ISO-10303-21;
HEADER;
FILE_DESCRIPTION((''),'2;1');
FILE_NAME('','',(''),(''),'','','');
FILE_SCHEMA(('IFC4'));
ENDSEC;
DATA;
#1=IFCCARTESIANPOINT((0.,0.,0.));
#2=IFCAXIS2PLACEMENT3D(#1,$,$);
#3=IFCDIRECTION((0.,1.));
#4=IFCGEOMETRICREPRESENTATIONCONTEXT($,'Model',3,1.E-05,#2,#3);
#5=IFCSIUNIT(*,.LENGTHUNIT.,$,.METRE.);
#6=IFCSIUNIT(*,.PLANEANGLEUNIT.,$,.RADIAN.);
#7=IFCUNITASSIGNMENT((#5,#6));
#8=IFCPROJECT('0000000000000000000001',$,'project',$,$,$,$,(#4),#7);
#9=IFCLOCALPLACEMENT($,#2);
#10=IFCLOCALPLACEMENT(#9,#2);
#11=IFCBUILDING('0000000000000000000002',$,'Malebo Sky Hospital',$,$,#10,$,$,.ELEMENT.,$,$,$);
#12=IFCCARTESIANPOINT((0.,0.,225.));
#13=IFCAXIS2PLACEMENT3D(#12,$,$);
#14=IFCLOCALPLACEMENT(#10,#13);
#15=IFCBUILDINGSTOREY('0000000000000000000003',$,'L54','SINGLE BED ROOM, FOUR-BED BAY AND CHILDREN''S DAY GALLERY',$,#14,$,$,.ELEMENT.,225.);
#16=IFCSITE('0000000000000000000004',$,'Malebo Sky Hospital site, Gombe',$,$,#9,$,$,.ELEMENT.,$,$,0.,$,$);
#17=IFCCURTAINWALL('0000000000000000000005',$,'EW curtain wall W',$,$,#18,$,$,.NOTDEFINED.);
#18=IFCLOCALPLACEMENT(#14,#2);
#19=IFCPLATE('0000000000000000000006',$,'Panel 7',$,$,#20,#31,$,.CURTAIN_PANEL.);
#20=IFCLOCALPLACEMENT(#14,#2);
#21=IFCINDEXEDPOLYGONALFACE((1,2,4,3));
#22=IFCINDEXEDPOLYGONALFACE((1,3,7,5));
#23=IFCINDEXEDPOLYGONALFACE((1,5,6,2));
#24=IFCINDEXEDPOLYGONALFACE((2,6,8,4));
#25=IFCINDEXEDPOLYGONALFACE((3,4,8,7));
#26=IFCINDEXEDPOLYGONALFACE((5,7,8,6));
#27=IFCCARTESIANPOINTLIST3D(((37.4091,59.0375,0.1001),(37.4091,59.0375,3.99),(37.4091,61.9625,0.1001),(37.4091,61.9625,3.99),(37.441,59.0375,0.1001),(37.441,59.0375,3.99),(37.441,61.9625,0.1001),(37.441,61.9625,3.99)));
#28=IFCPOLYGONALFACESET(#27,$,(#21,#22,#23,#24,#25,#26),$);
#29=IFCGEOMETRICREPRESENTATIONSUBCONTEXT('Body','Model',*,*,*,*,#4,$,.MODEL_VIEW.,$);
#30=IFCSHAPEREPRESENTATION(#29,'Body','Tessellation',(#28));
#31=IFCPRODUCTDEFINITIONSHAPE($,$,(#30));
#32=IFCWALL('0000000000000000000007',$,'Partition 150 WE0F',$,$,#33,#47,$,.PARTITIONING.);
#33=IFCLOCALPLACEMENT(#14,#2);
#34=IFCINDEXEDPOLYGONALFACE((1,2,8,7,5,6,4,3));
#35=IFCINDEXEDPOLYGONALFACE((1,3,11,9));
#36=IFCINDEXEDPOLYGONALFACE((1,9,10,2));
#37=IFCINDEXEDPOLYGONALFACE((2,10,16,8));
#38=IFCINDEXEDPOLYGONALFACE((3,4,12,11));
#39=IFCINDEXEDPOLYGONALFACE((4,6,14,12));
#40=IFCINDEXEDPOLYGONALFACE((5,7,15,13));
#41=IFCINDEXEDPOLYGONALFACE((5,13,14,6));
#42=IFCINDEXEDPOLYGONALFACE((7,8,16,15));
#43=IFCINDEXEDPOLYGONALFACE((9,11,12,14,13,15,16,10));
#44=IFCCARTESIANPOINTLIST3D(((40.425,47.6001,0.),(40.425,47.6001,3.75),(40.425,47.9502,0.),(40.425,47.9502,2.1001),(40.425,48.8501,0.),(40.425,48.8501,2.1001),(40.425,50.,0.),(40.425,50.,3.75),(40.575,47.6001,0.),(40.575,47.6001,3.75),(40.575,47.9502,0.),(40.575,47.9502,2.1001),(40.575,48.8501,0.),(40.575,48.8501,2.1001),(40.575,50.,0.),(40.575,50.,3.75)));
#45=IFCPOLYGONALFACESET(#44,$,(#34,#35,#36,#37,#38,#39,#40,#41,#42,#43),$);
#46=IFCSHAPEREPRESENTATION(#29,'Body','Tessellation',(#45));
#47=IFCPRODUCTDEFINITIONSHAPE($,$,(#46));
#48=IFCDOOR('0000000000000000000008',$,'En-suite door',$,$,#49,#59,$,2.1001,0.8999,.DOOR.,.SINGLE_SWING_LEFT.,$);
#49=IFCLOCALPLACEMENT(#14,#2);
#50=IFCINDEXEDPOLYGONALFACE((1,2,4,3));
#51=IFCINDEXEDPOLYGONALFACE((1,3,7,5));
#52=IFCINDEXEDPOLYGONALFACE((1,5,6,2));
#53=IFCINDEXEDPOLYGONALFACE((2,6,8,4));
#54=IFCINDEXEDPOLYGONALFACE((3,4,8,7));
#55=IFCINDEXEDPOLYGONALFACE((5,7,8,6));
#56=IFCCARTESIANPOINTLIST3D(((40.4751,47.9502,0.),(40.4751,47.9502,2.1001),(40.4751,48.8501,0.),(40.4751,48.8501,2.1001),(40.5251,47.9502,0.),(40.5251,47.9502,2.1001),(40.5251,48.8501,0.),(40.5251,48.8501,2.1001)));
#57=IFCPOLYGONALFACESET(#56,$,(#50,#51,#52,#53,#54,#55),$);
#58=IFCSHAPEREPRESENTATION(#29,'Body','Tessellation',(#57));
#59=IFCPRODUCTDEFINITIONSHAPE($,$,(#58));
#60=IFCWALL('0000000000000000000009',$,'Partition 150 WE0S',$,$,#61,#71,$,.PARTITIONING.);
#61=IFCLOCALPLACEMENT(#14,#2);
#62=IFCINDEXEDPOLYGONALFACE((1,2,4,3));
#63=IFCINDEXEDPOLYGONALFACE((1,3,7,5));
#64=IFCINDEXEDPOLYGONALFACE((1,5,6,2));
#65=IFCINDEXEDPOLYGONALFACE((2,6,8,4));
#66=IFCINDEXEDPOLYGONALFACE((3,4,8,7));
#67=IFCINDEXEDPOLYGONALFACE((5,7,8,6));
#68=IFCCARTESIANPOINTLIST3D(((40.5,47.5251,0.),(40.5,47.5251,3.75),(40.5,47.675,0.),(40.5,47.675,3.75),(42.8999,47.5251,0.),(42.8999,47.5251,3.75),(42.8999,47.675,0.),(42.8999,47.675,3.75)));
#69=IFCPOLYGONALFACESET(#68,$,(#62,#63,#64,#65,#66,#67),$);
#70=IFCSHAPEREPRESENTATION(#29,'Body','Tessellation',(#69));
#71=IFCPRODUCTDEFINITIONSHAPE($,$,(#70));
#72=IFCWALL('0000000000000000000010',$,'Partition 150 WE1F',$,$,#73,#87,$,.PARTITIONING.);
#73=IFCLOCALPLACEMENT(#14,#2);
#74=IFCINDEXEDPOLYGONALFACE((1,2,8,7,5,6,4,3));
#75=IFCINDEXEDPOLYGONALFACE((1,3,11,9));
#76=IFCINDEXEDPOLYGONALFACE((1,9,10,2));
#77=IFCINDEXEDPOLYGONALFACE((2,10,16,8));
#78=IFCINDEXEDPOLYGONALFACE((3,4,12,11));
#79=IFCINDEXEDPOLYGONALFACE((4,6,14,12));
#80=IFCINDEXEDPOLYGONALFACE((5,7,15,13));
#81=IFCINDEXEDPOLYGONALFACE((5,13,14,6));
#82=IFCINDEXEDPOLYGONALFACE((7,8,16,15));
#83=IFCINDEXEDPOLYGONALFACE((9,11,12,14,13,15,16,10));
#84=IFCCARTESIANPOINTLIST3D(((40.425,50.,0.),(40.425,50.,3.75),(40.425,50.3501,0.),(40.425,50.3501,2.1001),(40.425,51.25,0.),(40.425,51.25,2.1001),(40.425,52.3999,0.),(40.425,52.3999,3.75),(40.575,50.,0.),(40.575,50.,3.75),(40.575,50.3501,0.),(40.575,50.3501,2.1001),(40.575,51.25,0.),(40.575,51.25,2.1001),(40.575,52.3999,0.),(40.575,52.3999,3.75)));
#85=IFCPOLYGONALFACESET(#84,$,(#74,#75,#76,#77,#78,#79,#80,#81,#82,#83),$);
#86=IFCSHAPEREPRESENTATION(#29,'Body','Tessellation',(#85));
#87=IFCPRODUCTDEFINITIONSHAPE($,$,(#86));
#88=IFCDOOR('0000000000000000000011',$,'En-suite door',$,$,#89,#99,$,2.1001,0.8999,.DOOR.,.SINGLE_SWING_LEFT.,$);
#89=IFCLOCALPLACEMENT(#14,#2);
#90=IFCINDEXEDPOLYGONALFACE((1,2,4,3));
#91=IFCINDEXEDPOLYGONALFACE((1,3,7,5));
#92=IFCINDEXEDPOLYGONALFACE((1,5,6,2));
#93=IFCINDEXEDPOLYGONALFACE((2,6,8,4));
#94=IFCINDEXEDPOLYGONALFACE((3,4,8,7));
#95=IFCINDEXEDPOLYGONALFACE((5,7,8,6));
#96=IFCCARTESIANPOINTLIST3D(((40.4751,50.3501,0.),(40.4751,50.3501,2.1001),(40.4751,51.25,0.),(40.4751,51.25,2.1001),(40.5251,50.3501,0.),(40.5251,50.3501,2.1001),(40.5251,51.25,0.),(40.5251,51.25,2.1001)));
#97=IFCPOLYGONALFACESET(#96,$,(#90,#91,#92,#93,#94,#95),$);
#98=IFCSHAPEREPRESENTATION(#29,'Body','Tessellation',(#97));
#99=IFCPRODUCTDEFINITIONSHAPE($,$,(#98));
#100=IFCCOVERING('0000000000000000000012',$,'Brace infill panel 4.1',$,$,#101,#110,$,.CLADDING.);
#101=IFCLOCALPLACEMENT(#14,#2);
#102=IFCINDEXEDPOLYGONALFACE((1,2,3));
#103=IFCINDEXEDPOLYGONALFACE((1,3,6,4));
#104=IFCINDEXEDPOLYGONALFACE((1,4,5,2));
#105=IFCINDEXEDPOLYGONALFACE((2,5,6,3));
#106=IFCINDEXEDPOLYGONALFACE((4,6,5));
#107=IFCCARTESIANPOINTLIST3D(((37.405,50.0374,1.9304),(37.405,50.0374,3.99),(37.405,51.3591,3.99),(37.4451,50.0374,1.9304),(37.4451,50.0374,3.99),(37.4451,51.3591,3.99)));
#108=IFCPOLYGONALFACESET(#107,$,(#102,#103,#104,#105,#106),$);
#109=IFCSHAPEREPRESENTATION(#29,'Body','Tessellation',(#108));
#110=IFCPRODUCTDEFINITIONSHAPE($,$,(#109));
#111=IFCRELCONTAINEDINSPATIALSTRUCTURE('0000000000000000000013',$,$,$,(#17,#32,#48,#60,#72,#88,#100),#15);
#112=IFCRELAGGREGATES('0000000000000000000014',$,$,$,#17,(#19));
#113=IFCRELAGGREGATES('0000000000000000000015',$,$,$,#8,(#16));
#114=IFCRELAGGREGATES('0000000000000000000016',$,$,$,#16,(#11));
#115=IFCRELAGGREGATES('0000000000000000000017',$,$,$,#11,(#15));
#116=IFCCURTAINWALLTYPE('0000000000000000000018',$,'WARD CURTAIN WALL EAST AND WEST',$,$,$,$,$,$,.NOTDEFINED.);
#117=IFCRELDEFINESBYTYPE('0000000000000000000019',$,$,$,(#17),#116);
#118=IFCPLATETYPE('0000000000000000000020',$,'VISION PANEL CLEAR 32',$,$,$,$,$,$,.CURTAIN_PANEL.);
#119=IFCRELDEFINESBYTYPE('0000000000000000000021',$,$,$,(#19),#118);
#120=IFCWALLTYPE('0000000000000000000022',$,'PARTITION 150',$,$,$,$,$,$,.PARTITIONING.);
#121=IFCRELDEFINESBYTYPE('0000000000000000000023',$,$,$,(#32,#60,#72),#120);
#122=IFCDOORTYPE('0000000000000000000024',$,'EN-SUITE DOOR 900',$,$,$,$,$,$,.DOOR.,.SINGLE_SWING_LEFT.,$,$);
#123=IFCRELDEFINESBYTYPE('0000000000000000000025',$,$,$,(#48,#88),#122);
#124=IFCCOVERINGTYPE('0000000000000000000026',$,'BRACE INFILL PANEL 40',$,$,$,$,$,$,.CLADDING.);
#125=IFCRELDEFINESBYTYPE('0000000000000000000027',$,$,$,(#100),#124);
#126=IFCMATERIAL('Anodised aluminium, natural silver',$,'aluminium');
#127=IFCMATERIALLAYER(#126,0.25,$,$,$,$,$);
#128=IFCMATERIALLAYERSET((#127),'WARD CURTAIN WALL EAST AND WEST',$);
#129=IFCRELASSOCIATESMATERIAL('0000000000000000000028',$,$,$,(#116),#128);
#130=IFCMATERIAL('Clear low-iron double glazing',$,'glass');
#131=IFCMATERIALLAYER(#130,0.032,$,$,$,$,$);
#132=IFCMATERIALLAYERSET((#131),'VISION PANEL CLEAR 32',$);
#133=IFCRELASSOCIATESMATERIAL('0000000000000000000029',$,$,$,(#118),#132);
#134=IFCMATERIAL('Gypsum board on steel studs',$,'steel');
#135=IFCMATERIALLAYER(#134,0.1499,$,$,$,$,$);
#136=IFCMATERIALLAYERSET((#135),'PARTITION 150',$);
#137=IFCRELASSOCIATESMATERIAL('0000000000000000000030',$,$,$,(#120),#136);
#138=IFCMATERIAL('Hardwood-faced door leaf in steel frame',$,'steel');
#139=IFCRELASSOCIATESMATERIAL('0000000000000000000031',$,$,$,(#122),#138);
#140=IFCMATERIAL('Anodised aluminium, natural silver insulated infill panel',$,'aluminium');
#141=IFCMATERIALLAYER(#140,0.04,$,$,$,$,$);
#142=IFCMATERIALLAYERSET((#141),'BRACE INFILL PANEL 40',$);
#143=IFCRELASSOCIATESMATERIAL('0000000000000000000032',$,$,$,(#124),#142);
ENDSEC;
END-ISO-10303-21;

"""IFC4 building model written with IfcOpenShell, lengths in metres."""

from ifc_helpers import new_model, si_unit, direction, frame, frame_2d, origin, origin_2d, place, context, subcontext, project, spatial, polyline, rectangle, outline, extrude, material, layer, layer_set, type_object, element, fill, aggregate, save


model = new_model("IFC4")

# Units and contexts
model_context = context("Model", 3, precision=1e-05, world=origin(), true_north=direction((0.0, 1.0)))
body_context = subcontext(model_context, "Body", "Model", "MODEL_VIEW")
ifc_project = project(units=[si_unit("LENGTHUNIT", "METRE"), si_unit("PLANEANGLEUNIT", "RADIAN")], contexts=[model_context])

# Site, building, storey
site_placement = place(None, origin())
site = spatial("IfcSite", under=ifc_project, at=site_placement, Name="Malebo Sky Hospital site, Gombe", CompositionType="ELEMENT", RefElevation=0.0)
building_placement = place(site_placement, origin())
building = spatial("IfcBuilding", under=site, at=building_placement, Name="Malebo Sky Hospital", CompositionType="ELEMENT")
storey_placement = place(building_placement, frame((0.0, 0.0, 225.0)))
storey = spatial("IfcBuildingStorey", under=building, at=storey_placement, Name="L54", Description="SINGLE BED ROOM, FOUR-BED BAY AND CHILDREN'S DAY GALLERY", CompositionType="ELEMENT", Elevation=225.0)

# Curtain wall
ifc_material_1 = material(Name="Anodised aluminium, natural silver", Category="aluminium")
ifc_layer_1 = layer(ifc_material_1, 0.25)
ifc_layer_set_1 = layer_set([ifc_layer_1], Name="WARD CURTAIN WALL EAST AND WEST")
curtain_wall_type = type_object("IfcCurtainWallType", Name="WARD CURTAIN WALL EAST AND WEST", PredefinedType="NOTDEFINED", material=ifc_layer_set_1)
curtain_wall_placement = place(storey_placement, origin())
curtain_wall = element("IfcCurtainWall", 1, at=curtain_wall_placement, inside=storey, type_object=curtain_wall_type, Name="EW curtain wall W", PredefinedType="NOTDEFINED")

# Plate
ifc_material_2 = material(Name="Clear low-iron double glazing", Category="glass")
ifc_layer_2 = layer(ifc_material_2, 0.032)
ifc_layer_set_2 = layer_set([ifc_layer_2], Name="VISION PANEL CLEAR 32")
plate_type = type_object("IfcPlateType", Name="VISION PANEL CLEAR 32", PredefinedType="CURTAIN_PANEL", material=ifc_layer_set_2)
plate_1_placement = place(storey_placement, frame((37.425, 60.5, 0.1001), z_axis=(0.0, 0.0, 1.0), x_axis=(0.0, 1.0, 0.0)))
plate_1 = element("IfcPlate", 2, at=plate_1_placement, type_object=plate_type, Name="Panel 7", PredefinedType="CURTAIN_PANEL", context=body_context, shape_type="SweptSolid", body=[
    extrude(rectangle(XDim=2.925, YDim=0.032, at=origin_2d()), origin(), (0.0, 0.0, 1.0), 3.8899),
])
aggregate(curtain_wall, [plate_1])

# Wall, opening, door
ifc_material_3 = material(Name="Gypsum board on steel studs", Category="steel")
ifc_layer_3 = layer(ifc_material_3, 0.1499)
ifc_layer_set_3 = layer_set([ifc_layer_3], Name="PARTITION 150")
wall_type = type_object("IfcWallType", Name="PARTITION 150", PredefinedType="PARTITIONING", material=ifc_layer_set_3)
wall_1_placement = place(storey_placement, frame((40.5, 47.6001, 0.0), z_axis=(0.0, 0.0, 1.0), x_axis=(0.0, 1.0, 0.0)))
wall_1 = element("IfcWall", 3, at=wall_1_placement, inside=storey, type_object=wall_type, Name="Partition 150 WE0F", PredefinedType="PARTITIONING", context=body_context, shape_type="SweptSolid", body=[
    extrude(rectangle(XDim=2.3999, YDim=0.1499, at=frame_2d((1.2, 0.0))), origin(), (0.0, 0.0, 1.0), 3.75),
])
opening_1_placement = place(wall_1_placement, frame((0.3501, 0.0, 0.0)))
opening_1 = element("IfcOpeningElement", 4, at=opening_1_placement, cuts=wall_1, PredefinedType="OPENING", context=body_context, shape_type="SweptSolid", body=[
    extrude(rectangle(XDim=0.8999, YDim=2.1001, at=frame_2d((0.45, 1.05))), frame((0.0, 0.085, 0.0), z_axis=(0.0, -1.0, 0.0), x_axis=(1.0, 0.0, 0.0)), (0.0, 0.0, 1.0), 0.1699),
])
ifc_material_4 = material(Name="Hardwood-faced door leaf in steel frame", Category="steel")
door_type = type_object("IfcDoorType", Name="EN-SUITE DOOR 900", OperationType="SINGLE_SWING_LEFT", PredefinedType="DOOR", material=ifc_material_4)
door_1_placement = place(opening_1_placement, origin())
door_1 = element("IfcDoor", 5, at=door_1_placement, inside=storey, type_object=door_type, Name="En-suite door", OperationType="SINGLE_SWING_LEFT", OverallHeight=2.1001, OverallWidth=0.8999, PredefinedType="DOOR", context=body_context, shape_type="SweptSolid", body=[
    extrude(rectangle(XDim=0.8999, YDim=2.1001, at=frame_2d((0.45, 1.05))), frame((0.0, 0.0249, 0.0), z_axis=(0.0, -1.0, 0.0), x_axis=(1.0, 0.0, 0.0)), (0.0, 0.0, 1.0), 0.05),
])
fill(opening_1, door_1)

# Wall
wall_2_placement = place(storey_placement, frame((42.8999, 47.6001, 0.0), z_axis=(0.0, 0.0, 1.0), x_axis=(-1.0, 0.0, 0.0)))
element("IfcWall", 6, at=wall_2_placement, inside=storey, type_object=wall_type, Name="Partition 150 WE0S", PredefinedType="PARTITIONING", context=body_context, shape_type="SweptSolid", body=[
    extrude(rectangle(XDim=2.3999, YDim=0.1499, at=frame_2d((1.2, 0.0))), origin(), (0.0, 0.0, 1.0), 3.75),
])

# Wall, opening, door
wall_3_placement = place(storey_placement, frame((40.5, 50.0, 0.0), z_axis=(0.0, 0.0, 1.0), x_axis=(0.0, 1.0, 0.0)))
wall_3 = element("IfcWall", 7, at=wall_3_placement, inside=storey, type_object=wall_type, Name="Partition 150 WE1F", PredefinedType="PARTITIONING", context=body_context, shape_type="SweptSolid", body=[
    extrude(rectangle(XDim=2.3999, YDim=0.1499, at=frame_2d((1.2, 0.0))), origin(), (0.0, 0.0, 1.0), 3.75),
])
opening_2_placement = place(wall_3_placement, frame((0.3501, 0.0, 0.0)))
opening_2 = element("IfcOpeningElement", 8, at=opening_2_placement, cuts=wall_3, PredefinedType="OPENING", context=body_context, shape_type="SweptSolid", body=[
    extrude(rectangle(XDim=0.8999, YDim=2.1001, at=frame_2d((0.45, 1.05))), frame((0.0, 0.085, 0.0), z_axis=(0.0, -1.0, 0.0), x_axis=(1.0, 0.0, 0.0)), (0.0, 0.0, 1.0), 0.1699),
])
door_2_placement = place(opening_2_placement, origin())
door_2 = element("IfcDoor", 9, at=door_2_placement, inside=storey, type_object=door_type, Name="En-suite door", OperationType="SINGLE_SWING_LEFT", OverallHeight=2.1001, OverallWidth=0.8999, PredefinedType="DOOR", context=body_context, shape_type="SweptSolid", body=[
    extrude(rectangle(XDim=0.8999, YDim=2.1001, at=frame_2d((0.45, 1.05))), frame((0.0, 0.0249, 0.0), z_axis=(0.0, -1.0, 0.0), x_axis=(1.0, 0.0, 0.0)), (0.0, 0.0, 1.0), 0.05),
])
fill(opening_2, door_2)

# Covering
ifc_material_5 = material(Name="Anodised aluminium, natural silver insulated infill panel", Category="aluminium")
ifc_layer_4 = layer(ifc_material_5, 0.04)
ifc_layer_set_4 = layer_set([ifc_layer_4], Name="BRACE INFILL PANEL 40")
covering_type = type_object("IfcCoveringType", Name="BRACE INFILL PANEL 40", PredefinedType="CLADDING", material=ifc_layer_set_4)
covering_placement = place(storey_placement, frame((37.425, 50.6982, 1.9304), z_axis=(0.0, 0.0, 1.0), x_axis=(0.0, 1.0, 0.0)))
element("IfcCovering", 10, at=covering_placement, inside=storey, type_object=covering_type, Name="Brace infill panel 4.1", PredefinedType="CLADDING", context=body_context, shape_type="SweptSolid", body=[
    extrude(outline(polyline([(-0.6609, 0.0), (0.6609, 2.0596), (-0.6609, 2.0596), (-0.6609, 0.0)])), frame((0.0, 0.02, 0.0), z_axis=(0.0, -1.0, 0.0), x_axis=(1.0, 0.0, 0.0)), (0.0, 0.0, 1.0), 0.04),
])

save(model, "model.ifc")
